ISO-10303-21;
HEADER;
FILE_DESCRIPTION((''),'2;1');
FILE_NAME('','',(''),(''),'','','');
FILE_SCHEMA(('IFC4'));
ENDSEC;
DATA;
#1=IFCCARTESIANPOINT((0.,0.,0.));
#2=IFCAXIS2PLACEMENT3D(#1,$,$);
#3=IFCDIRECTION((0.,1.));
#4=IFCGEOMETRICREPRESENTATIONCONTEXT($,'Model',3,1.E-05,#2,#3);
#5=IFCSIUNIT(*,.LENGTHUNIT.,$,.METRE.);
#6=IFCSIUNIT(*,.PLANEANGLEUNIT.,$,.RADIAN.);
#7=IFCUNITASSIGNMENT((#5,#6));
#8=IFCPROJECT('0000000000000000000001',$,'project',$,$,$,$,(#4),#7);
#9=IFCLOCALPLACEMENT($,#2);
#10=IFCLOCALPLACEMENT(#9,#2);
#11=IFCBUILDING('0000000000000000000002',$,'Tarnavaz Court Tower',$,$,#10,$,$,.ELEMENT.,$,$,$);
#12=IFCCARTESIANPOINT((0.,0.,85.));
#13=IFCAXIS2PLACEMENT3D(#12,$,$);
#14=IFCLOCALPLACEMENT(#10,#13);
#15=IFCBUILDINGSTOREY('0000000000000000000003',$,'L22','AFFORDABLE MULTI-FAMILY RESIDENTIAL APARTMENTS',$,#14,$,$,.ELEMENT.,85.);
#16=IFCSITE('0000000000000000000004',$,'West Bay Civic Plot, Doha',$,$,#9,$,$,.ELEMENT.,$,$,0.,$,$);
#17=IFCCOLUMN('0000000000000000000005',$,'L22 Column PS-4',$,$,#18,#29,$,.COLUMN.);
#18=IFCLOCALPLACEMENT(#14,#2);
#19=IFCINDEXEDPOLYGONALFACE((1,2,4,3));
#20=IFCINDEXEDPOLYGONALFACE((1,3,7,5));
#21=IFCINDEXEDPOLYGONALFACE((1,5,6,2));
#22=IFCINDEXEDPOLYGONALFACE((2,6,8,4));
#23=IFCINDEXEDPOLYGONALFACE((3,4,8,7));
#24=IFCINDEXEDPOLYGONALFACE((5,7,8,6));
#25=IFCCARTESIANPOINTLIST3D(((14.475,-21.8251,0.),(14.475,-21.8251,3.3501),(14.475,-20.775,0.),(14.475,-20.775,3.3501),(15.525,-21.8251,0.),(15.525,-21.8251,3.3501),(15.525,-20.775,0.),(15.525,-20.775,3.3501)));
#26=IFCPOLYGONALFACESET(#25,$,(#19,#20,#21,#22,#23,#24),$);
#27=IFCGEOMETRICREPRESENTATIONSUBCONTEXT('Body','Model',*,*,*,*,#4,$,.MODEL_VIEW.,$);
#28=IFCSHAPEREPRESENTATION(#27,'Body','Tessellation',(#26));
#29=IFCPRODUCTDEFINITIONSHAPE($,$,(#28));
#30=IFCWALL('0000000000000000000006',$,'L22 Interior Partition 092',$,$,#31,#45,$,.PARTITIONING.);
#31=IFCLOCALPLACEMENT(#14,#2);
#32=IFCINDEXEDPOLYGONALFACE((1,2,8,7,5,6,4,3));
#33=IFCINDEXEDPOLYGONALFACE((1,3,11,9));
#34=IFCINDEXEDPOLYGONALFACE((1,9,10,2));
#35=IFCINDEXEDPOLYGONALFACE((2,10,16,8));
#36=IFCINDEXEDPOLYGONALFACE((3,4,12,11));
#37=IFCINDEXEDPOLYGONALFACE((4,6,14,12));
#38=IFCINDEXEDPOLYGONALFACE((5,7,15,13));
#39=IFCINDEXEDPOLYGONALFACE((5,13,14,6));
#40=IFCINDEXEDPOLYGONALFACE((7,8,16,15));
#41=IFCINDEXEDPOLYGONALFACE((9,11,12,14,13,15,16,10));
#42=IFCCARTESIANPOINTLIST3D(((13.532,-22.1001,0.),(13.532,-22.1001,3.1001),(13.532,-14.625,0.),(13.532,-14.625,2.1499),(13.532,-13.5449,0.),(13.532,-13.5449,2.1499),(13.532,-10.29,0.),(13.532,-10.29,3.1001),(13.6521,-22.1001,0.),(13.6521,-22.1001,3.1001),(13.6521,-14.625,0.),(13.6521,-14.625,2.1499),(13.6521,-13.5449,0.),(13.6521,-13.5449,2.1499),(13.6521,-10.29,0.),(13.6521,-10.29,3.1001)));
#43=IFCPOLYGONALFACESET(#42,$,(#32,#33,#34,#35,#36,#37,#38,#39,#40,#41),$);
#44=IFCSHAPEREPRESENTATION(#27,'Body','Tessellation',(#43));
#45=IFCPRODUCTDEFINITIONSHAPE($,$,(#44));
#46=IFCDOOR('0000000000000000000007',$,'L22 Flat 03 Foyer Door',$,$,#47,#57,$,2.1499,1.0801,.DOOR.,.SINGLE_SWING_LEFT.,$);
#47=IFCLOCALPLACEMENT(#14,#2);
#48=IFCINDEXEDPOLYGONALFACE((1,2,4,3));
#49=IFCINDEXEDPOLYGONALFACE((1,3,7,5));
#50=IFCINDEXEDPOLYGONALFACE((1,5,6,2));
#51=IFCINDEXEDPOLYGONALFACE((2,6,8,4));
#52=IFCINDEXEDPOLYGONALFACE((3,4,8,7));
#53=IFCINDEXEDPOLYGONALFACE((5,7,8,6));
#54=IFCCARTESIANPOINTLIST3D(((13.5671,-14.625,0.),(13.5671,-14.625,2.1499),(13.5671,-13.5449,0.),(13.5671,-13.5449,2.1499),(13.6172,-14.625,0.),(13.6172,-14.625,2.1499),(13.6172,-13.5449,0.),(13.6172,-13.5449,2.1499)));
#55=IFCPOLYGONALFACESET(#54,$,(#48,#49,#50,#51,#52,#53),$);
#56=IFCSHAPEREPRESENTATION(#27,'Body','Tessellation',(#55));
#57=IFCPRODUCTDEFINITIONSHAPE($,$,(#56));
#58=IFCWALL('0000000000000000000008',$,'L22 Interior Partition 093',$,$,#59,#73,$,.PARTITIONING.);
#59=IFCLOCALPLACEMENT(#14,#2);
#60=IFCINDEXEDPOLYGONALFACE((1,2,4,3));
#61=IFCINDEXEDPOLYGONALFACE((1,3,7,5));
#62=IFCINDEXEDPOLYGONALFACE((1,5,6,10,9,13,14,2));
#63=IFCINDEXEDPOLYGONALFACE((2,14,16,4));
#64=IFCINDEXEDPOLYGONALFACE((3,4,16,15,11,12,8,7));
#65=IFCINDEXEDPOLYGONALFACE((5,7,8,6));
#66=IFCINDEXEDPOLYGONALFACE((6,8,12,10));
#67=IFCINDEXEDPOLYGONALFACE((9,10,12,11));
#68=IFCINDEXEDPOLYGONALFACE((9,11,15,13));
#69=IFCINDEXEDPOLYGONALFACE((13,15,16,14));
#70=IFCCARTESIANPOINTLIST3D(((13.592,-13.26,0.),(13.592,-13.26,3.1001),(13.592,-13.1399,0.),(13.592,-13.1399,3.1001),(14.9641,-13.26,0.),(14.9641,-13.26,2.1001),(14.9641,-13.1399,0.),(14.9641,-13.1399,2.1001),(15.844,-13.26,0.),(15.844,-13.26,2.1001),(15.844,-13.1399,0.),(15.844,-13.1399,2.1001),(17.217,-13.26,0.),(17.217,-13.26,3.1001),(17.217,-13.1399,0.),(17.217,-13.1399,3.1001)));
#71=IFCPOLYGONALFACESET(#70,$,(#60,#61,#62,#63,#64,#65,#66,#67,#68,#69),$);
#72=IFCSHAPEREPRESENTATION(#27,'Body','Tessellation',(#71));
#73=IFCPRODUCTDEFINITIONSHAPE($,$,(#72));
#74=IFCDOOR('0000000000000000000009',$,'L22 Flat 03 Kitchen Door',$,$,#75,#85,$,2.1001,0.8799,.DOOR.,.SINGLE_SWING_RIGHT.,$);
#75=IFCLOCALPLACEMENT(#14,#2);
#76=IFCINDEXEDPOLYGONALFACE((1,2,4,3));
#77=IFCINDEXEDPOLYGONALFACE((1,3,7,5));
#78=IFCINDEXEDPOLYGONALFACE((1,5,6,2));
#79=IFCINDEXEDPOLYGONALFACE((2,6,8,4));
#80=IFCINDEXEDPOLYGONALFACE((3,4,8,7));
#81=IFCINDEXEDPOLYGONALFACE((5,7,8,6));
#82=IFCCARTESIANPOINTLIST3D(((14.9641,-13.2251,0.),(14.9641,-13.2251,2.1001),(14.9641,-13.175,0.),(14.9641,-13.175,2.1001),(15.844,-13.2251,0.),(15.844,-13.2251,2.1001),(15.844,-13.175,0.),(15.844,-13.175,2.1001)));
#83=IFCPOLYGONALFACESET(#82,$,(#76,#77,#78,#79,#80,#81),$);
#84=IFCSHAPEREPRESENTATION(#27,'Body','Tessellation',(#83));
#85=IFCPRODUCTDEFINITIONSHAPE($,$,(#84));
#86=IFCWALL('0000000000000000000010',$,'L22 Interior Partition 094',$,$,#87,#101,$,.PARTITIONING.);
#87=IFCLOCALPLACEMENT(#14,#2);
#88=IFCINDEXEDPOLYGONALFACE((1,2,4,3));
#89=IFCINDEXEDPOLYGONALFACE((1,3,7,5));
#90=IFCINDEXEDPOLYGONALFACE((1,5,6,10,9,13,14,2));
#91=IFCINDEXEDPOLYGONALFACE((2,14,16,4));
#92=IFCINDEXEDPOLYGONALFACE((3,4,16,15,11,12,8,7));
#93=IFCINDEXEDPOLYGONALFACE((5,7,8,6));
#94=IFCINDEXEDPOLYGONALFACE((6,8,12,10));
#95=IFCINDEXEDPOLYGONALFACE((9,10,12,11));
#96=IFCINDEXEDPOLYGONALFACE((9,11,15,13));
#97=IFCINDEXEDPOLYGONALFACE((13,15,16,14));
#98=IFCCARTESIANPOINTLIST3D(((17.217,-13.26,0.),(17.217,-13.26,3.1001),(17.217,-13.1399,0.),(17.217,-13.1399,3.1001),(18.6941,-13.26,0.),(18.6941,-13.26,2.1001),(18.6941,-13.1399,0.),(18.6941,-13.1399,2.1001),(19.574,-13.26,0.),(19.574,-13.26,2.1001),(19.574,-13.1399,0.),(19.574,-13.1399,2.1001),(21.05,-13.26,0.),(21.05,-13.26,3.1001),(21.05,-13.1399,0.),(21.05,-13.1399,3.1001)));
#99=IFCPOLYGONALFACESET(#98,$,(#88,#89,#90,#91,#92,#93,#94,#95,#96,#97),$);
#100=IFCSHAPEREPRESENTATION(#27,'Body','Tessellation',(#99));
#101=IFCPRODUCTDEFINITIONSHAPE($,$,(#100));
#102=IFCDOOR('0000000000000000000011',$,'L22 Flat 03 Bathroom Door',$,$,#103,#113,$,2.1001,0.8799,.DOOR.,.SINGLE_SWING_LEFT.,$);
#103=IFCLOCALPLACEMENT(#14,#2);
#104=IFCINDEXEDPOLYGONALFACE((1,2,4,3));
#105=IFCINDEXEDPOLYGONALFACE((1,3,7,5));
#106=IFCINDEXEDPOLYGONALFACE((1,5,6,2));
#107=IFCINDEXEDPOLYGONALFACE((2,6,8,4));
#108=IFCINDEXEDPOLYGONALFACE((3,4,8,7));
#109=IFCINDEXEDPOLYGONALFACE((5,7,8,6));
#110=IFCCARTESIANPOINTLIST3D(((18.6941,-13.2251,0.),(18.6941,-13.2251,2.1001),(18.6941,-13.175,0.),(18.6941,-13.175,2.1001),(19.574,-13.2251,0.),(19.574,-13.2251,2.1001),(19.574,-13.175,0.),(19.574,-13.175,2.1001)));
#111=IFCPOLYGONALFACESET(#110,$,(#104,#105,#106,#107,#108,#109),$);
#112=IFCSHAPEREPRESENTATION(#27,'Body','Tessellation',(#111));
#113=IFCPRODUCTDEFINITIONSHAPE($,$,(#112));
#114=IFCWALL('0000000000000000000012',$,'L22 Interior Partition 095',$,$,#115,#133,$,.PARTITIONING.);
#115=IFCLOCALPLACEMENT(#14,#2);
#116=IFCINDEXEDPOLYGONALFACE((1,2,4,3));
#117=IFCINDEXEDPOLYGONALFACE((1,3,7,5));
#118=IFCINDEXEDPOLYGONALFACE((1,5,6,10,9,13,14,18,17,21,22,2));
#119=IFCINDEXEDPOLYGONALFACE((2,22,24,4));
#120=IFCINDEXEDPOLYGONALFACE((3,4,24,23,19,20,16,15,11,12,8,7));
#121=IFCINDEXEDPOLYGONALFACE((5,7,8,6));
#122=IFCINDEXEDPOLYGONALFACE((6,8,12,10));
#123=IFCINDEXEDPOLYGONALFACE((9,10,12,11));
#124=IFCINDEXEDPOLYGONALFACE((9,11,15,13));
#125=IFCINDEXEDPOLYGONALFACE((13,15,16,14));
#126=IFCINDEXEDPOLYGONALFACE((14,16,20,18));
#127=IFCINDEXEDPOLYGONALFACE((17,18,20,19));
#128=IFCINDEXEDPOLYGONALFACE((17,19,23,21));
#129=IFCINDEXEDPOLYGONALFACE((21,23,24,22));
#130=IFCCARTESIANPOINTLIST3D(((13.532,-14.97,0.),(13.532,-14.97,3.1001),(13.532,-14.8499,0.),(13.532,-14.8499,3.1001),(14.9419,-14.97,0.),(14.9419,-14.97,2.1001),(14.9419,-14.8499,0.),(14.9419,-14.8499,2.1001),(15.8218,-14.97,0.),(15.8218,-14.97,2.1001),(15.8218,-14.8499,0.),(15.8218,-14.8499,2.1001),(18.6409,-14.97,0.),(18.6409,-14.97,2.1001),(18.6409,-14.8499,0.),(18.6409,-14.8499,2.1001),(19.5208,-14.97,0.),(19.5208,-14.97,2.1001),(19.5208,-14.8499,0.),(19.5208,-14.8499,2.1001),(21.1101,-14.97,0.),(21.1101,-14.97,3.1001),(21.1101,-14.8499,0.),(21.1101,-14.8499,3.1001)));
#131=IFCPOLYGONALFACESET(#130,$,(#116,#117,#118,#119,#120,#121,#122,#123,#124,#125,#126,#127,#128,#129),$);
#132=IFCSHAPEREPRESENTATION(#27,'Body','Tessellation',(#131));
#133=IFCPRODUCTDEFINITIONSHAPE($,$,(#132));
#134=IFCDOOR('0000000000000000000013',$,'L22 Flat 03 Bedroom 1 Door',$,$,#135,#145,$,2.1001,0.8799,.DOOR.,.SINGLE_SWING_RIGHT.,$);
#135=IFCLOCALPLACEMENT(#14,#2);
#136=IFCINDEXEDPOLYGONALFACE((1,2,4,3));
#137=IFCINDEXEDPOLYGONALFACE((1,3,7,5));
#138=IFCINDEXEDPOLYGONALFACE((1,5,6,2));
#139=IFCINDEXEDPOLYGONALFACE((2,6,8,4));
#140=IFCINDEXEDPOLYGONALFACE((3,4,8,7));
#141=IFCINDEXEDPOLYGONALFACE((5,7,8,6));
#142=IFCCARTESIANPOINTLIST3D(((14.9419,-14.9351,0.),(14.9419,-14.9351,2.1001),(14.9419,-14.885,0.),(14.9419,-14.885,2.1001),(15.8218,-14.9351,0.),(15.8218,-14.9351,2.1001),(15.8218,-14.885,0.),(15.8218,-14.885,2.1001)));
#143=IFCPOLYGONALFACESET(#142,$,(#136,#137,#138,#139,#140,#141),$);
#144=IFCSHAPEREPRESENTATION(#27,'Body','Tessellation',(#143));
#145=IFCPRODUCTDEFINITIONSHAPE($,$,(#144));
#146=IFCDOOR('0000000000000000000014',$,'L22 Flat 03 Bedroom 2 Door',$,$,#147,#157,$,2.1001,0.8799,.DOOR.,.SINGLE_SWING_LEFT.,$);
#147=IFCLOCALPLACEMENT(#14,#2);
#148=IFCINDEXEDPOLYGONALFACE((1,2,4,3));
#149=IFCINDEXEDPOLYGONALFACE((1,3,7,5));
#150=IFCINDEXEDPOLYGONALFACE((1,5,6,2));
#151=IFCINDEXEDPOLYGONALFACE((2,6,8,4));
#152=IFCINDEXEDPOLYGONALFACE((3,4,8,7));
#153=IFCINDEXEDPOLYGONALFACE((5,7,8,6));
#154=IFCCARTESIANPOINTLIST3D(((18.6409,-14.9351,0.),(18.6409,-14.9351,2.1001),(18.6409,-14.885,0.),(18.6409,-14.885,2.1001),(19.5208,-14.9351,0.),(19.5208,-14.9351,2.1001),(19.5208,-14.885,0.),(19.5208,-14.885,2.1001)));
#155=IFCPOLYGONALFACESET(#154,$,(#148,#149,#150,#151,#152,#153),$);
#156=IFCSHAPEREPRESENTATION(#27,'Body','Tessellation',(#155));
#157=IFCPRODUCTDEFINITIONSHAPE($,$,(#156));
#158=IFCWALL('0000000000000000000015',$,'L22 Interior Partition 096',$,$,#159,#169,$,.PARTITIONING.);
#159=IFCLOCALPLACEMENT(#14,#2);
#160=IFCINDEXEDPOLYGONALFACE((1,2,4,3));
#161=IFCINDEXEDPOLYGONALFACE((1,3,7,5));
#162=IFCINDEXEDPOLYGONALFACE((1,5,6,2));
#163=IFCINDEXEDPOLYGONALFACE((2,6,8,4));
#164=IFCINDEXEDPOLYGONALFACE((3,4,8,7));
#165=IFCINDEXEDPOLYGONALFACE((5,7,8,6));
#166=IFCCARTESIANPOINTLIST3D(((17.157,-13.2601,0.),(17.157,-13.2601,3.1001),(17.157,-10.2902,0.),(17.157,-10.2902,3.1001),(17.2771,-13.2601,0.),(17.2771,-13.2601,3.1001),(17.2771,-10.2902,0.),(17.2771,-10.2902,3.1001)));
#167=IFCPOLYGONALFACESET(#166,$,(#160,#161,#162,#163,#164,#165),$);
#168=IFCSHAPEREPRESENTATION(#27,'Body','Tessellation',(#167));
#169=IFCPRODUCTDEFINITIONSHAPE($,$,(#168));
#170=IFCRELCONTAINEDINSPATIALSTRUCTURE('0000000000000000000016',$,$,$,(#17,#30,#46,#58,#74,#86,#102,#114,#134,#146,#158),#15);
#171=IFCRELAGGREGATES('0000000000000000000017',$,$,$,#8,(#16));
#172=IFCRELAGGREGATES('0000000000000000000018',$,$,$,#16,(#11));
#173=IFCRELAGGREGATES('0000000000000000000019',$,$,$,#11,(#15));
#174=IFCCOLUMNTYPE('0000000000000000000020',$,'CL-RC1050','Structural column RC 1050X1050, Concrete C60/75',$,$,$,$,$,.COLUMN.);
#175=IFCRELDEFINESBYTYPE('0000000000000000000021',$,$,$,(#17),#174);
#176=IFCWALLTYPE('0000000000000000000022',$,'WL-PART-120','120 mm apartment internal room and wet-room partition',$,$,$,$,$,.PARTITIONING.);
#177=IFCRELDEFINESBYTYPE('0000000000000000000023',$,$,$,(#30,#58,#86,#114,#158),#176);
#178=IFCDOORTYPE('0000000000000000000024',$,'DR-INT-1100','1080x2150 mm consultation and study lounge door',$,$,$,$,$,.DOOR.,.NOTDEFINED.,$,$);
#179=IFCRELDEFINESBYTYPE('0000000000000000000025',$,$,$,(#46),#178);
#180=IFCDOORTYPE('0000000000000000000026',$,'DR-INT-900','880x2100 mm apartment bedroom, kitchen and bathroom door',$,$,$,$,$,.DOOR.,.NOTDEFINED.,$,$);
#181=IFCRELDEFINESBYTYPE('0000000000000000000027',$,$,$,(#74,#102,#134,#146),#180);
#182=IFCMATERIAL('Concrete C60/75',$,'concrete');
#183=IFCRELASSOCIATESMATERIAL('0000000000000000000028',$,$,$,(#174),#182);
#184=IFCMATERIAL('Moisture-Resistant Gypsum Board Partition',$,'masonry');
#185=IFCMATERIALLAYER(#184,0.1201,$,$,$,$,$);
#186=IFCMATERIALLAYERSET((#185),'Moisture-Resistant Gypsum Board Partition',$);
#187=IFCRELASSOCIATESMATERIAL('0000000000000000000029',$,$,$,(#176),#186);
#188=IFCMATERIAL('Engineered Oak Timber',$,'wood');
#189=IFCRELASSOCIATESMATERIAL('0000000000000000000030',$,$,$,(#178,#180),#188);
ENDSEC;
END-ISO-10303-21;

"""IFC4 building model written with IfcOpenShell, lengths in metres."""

from ifc_helpers import new_model, si_unit, direction, frame, frame_2d, origin, origin_2d, place, context, subcontext, project, spatial, rectangle, extrude, material, layer, layer_set, material_profile, profile_set, type_object, element, fill, save


model = new_model("IFC4")

# Units and contexts
model_context = context("Model", 3, precision=1e-05, world=origin(), true_north=direction((0.0, 1.0)))
body_context = subcontext(model_context, "Body", "Model", "MODEL_VIEW")
ifc_project = project(units=[si_unit("LENGTHUNIT", "METRE"), si_unit("PLANEANGLEUNIT", "RADIAN")], contexts=[model_context])

# Site, building, storey
site_placement = place(None, origin())
site = spatial("IfcSite", under=ifc_project, at=site_placement, Name="West Bay Civic Plot, Doha", CompositionType="ELEMENT", RefElevation=0.0)
building_placement = place(site_placement, origin())
building = spatial("IfcBuilding", under=site, at=building_placement, Name="Tarnavaz Court Tower", CompositionType="ELEMENT")
storey_placement = place(building_placement, frame((0.0, 0.0, 85.0)))
storey = spatial("IfcBuildingStorey", under=building, at=storey_placement, Name="L22", Description="AFFORDABLE MULTI-FAMILY RESIDENTIAL APARTMENTS", CompositionType="ELEMENT", Elevation=85.0)

# Column
ifc_material_1 = material(Name="Concrete C60/75", Category="concrete")
ifc_material_profile_1 = material_profile(ifc_material_1, rectangle(XDim=1.05, YDim=1.05, at=origin_2d()), Name="RC 1050X1050")
ifc_profile_set_1 = profile_set([ifc_material_profile_1], Name="Concrete C60/75")
column_type = type_object("IfcColumnType", Name="CL-RC1050", Description="Structural column RC 1050X1050, Concrete C60/75", PredefinedType="COLUMN", material=ifc_profile_set_1)
column_placement = place(storey_placement, frame((15.0, -21.3, 0.0), z_axis=(0.0, 0.0, 1.0), x_axis=(1.0, 0.0, 0.0)))
element("IfcColumn", 1, at=column_placement, inside=storey, type_object=column_type, Name="L22 Column PS-4", PredefinedType="COLUMN", context=body_context, shape_type="SweptSolid", body=[
    extrude(rectangle(XDim=1.05, YDim=1.05, at=origin_2d()), origin(), (0.0, 0.0, 1.0), 3.3501),
])

# Walls, openings, doors
ifc_material_2 = material(Name="Moisture-Resistant Gypsum Board Partition", Category="masonry")
ifc_layer_1 = layer(ifc_material_2, 0.1201)
ifc_layer_set_1 = layer_set([ifc_layer_1], Name="Moisture-Resistant Gypsum Board Partition")
wall_type_1 = type_object("IfcWallType", Name="WL-PART-120", Description="120 mm apartment internal room and wet-room partition", PredefinedType="PARTITIONING", material=ifc_layer_set_1)
wall_1_placement = place(storey_placement, frame((13.592, -22.1001, 0.0), z_axis=(0.0, 0.0, 1.0), x_axis=(0.0, 1.0, 0.0)))
wall_1 = element("IfcWall", 2, at=wall_1_placement, inside=storey, type_object=wall_type_1, Name="L22 Interior Partition 092", PredefinedType="PARTITIONING", context=body_context, shape_type="SweptSolid", body=[
    extrude(rectangle(XDim=11.8101, YDim=0.1201, at=frame_2d((5.905, 0.0))), origin(), (0.0, 0.0, 1.0), 3.1001),
])
opening_1_placement = place(wall_1_placement, frame((7.4751, 0.0, 0.0)))
opening_1 = element("IfcOpeningElement", 3, at=opening_1_placement, cuts=wall_1, PredefinedType="OPENING", context=body_context, shape_type="SweptSolid", body=[
    extrude(rectangle(XDim=1.0801, YDim=2.1499, at=frame_2d((0.54, 1.075))), frame((0.0, 0.0701, 0.0), z_axis=(0.0, -1.0, 0.0), x_axis=(1.0, 0.0, 0.0)), (0.0, 0.0, 1.0), 0.1401),
])
ifc_material_3 = material(Name="Engineered Oak Timber", Category="wood")
door_type_1 = type_object("IfcDoorType", Name="DR-INT-1100", Description="1080x2150 mm consultation and study lounge door", OperationType="NOTDEFINED", PredefinedType="DOOR", material=ifc_material_3)
door_1_placement = place(opening_1_placement, origin())
door_1 = element("IfcDoor", 4, at=door_1_placement, inside=storey, type_object=door_type_1, Name="L22 Flat 03 Foyer Door", OperationType="SINGLE_SWING_LEFT", OverallHeight=2.1499, OverallWidth=1.0801, PredefinedType="DOOR", context=body_context, shape_type="SweptSolid", body=[
    extrude(rectangle(XDim=1.0801, YDim=2.1499, at=frame_2d((0.54, 1.075))), frame((0.0, 0.0249, 0.0), z_axis=(0.0, -1.0, 0.0), x_axis=(1.0, 0.0, 0.0)), (0.0, 0.0, 1.0), 0.05),
])
fill(opening_1, door_1)
wall_2_placement = place(storey_placement, frame((13.592, -13.2, 0.0), z_axis=(0.0, 0.0, 1.0), x_axis=(1.0, 0.0, 0.0)))
wall_2 = element("IfcWall", 5, at=wall_2_placement, inside=storey, type_object=wall_type_1, Name="L22 Interior Partition 093", PredefinedType="PARTITIONING", context=body_context, shape_type="SweptSolid", body=[
    extrude(rectangle(XDim=3.625, YDim=0.1201, at=frame_2d((1.8125, 0.0))), origin(), (0.0, 0.0, 1.0), 3.1001),
])
opening_2_placement = place(wall_2_placement, frame((1.3721, 0.0, 0.0)))
opening_2 = element("IfcOpeningElement", 6, at=opening_2_placement, cuts=wall_2, PredefinedType="OPENING", context=body_context, shape_type="SweptSolid", body=[
    extrude(rectangle(XDim=0.8799, YDim=2.1001, at=frame_2d((0.4399, 1.05))), frame((0.0, 0.0701, 0.0), z_axis=(0.0, -1.0, 0.0), x_axis=(1.0, 0.0, 0.0)), (0.0, 0.0, 1.0), 0.1401),
])
door_type_2 = type_object("IfcDoorType", Name="DR-INT-900", Description="880x2100 mm apartment bedroom, kitchen and bathroom door", OperationType="NOTDEFINED", PredefinedType="DOOR", material=ifc_material_3)
door_2_placement = place(opening_2_placement, origin())
door_2 = element("IfcDoor", 7, at=door_2_placement, inside=storey, type_object=door_type_2, Name="L22 Flat 03 Kitchen Door", OperationType="SINGLE_SWING_RIGHT", OverallHeight=2.1001, OverallWidth=0.8799, PredefinedType="DOOR", context=body_context, shape_type="SweptSolid", body=[
    extrude(rectangle(XDim=0.8799, YDim=2.1001, at=frame_2d((0.4399, 1.05))), frame((0.0, 0.0249, 0.0), z_axis=(0.0, -1.0, 0.0), x_axis=(1.0, 0.0, 0.0)), (0.0, 0.0, 1.0), 0.05),
])
fill(opening_2, door_2)
wall_3_placement = place(storey_placement, frame((17.217, -13.2, 0.0), z_axis=(0.0, 0.0, 1.0), x_axis=(1.0, 0.0, 0.0)))
wall_3 = element("IfcWall", 8, at=wall_3_placement, inside=storey, type_object=wall_type_1, Name="L22 Interior Partition 094", PredefinedType="PARTITIONING", context=body_context, shape_type="SweptSolid", body=[
    extrude(rectangle(XDim=3.833, YDim=0.1201, at=frame_2d((1.9165, 0.0))), origin(), (0.0, 0.0, 1.0), 3.1001),
])
opening_3_placement = place(wall_3_placement, frame((1.4771, 0.0, 0.0)))
opening_3 = element("IfcOpeningElement", 9, at=opening_3_placement, cuts=wall_3, PredefinedType="OPENING", context=body_context, shape_type="SweptSolid", body=[
    extrude(rectangle(XDim=0.8799, YDim=2.1001, at=frame_2d((0.4399, 1.05))), frame((0.0, 0.0701, 0.0), z_axis=(0.0, -1.0, 0.0), x_axis=(1.0, 0.0, 0.0)), (0.0, 0.0, 1.0), 0.1401),
])
door_3_placement = place(opening_3_placement, origin())
door_3 = element("IfcDoor", 10, at=door_3_placement, inside=storey, type_object=door_type_2, Name="L22 Flat 03 Bathroom Door", OperationType="SINGLE_SWING_LEFT", OverallHeight=2.1001, OverallWidth=0.8799, PredefinedType="DOOR", context=body_context, shape_type="SweptSolid", body=[
    extrude(rectangle(XDim=0.8799, YDim=2.1001, at=frame_2d((0.4399, 1.05))), frame((0.0, 0.0249, 0.0), z_axis=(0.0, -1.0, 0.0), x_axis=(1.0, 0.0, 0.0)), (0.0, 0.0, 1.0), 0.05),
])
fill(opening_3, door_3)

# Wall, openings, doors
wall_4_placement = place(storey_placement, frame((13.532, -14.9099, 0.0), z_axis=(0.0, 0.0, 1.0), x_axis=(1.0, 0.0, 0.0)))
wall_4 = element("IfcWall", 11, at=wall_4_placement, inside=storey, type_object=wall_type_1, Name="L22 Interior Partition 095", PredefinedType="PARTITIONING", context=body_context, shape_type="SweptSolid", body=[
    extrude(rectangle(XDim=7.5781, YDim=0.1201, at=frame_2d((3.7891, 0.0))), origin(), (0.0, 0.0, 1.0), 3.1001),
])
opening_4_placement = place(wall_4_placement, frame((1.4099, 0.0, 0.0)))
opening_4 = element("IfcOpeningElement", 12, at=opening_4_placement, cuts=wall_4, PredefinedType="OPENING", context=body_context, shape_type="SweptSolid", body=[
    extrude(rectangle(XDim=0.8799, YDim=2.1001, at=frame_2d((0.4399, 1.05))), frame((0.0, 0.0701, 0.0), z_axis=(0.0, -1.0, 0.0), x_axis=(1.0, 0.0, 0.0)), (0.0, 0.0, 1.0), 0.1401),
])
opening_5_placement = place(wall_4_placement, frame((5.1089, 0.0, 0.0)))
opening_5 = element("IfcOpeningElement", 13, at=opening_5_placement, cuts=wall_4, PredefinedType="OPENING", context=body_context, shape_type="SweptSolid", body=[
    extrude(rectangle(XDim=0.8799, YDim=2.1001, at=frame_2d((0.4399, 1.05))), frame((0.0, 0.0701, 0.0), z_axis=(0.0, -1.0, 0.0), x_axis=(1.0, 0.0, 0.0)), (0.0, 0.0, 1.0), 0.1401),
])
door_4_placement = place(opening_4_placement, origin())
door_4 = element("IfcDoor", 14, at=door_4_placement, inside=storey, type_object=door_type_2, Name="L22 Flat 03 Bedroom 1 Door", OperationType="SINGLE_SWING_RIGHT", OverallHeight=2.1001, OverallWidth=0.8799, PredefinedType="DOOR", context=body_context, shape_type="SweptSolid", body=[
    extrude(rectangle(XDim=0.8799, YDim=2.1001, at=frame_2d((0.4399, 1.05))), frame((0.0, 0.0249, 0.0), z_axis=(0.0, -1.0, 0.0), x_axis=(1.0, 0.0, 0.0)), (0.0, 0.0, 1.0), 0.05),
])
fill(opening_4, door_4)
door_5_placement = place(opening_5_placement, origin())
door_5 = element("IfcDoor", 15, at=door_5_placement, inside=storey, type_object=door_type_2, Name="L22 Flat 03 Bedroom 2 Door", OperationType="SINGLE_SWING_LEFT", OverallHeight=2.1001, OverallWidth=0.8799, PredefinedType="DOOR", context=body_context, shape_type="SweptSolid", body=[
    extrude(rectangle(XDim=0.8799, YDim=2.1001, at=frame_2d((0.4399, 1.05))), frame((0.0, 0.0249, 0.0), z_axis=(0.0, -1.0, 0.0), x_axis=(1.0, 0.0, 0.0)), (0.0, 0.0, 1.0), 0.05),
])
fill(opening_5, door_5)

# Wall
wall_5_placement = place(storey_placement, frame((17.217, -13.26, 0.0), z_axis=(0.0, 0.0, 1.0), x_axis=(0.0, 1.0, 0.0)))
element("IfcWall", 16, at=wall_5_placement, inside=storey, type_object=wall_type_1, Name="L22 Interior Partition 096", PredefinedType="PARTITIONING", context=body_context, shape_type="SweptSolid", body=[
    extrude(rectangle(XDim=2.97, YDim=0.1201, at=frame_2d((1.4849, 0.0))), origin(), (0.0, 0.0, 1.0), 3.1001),
])

save(model, "model.ifc")
